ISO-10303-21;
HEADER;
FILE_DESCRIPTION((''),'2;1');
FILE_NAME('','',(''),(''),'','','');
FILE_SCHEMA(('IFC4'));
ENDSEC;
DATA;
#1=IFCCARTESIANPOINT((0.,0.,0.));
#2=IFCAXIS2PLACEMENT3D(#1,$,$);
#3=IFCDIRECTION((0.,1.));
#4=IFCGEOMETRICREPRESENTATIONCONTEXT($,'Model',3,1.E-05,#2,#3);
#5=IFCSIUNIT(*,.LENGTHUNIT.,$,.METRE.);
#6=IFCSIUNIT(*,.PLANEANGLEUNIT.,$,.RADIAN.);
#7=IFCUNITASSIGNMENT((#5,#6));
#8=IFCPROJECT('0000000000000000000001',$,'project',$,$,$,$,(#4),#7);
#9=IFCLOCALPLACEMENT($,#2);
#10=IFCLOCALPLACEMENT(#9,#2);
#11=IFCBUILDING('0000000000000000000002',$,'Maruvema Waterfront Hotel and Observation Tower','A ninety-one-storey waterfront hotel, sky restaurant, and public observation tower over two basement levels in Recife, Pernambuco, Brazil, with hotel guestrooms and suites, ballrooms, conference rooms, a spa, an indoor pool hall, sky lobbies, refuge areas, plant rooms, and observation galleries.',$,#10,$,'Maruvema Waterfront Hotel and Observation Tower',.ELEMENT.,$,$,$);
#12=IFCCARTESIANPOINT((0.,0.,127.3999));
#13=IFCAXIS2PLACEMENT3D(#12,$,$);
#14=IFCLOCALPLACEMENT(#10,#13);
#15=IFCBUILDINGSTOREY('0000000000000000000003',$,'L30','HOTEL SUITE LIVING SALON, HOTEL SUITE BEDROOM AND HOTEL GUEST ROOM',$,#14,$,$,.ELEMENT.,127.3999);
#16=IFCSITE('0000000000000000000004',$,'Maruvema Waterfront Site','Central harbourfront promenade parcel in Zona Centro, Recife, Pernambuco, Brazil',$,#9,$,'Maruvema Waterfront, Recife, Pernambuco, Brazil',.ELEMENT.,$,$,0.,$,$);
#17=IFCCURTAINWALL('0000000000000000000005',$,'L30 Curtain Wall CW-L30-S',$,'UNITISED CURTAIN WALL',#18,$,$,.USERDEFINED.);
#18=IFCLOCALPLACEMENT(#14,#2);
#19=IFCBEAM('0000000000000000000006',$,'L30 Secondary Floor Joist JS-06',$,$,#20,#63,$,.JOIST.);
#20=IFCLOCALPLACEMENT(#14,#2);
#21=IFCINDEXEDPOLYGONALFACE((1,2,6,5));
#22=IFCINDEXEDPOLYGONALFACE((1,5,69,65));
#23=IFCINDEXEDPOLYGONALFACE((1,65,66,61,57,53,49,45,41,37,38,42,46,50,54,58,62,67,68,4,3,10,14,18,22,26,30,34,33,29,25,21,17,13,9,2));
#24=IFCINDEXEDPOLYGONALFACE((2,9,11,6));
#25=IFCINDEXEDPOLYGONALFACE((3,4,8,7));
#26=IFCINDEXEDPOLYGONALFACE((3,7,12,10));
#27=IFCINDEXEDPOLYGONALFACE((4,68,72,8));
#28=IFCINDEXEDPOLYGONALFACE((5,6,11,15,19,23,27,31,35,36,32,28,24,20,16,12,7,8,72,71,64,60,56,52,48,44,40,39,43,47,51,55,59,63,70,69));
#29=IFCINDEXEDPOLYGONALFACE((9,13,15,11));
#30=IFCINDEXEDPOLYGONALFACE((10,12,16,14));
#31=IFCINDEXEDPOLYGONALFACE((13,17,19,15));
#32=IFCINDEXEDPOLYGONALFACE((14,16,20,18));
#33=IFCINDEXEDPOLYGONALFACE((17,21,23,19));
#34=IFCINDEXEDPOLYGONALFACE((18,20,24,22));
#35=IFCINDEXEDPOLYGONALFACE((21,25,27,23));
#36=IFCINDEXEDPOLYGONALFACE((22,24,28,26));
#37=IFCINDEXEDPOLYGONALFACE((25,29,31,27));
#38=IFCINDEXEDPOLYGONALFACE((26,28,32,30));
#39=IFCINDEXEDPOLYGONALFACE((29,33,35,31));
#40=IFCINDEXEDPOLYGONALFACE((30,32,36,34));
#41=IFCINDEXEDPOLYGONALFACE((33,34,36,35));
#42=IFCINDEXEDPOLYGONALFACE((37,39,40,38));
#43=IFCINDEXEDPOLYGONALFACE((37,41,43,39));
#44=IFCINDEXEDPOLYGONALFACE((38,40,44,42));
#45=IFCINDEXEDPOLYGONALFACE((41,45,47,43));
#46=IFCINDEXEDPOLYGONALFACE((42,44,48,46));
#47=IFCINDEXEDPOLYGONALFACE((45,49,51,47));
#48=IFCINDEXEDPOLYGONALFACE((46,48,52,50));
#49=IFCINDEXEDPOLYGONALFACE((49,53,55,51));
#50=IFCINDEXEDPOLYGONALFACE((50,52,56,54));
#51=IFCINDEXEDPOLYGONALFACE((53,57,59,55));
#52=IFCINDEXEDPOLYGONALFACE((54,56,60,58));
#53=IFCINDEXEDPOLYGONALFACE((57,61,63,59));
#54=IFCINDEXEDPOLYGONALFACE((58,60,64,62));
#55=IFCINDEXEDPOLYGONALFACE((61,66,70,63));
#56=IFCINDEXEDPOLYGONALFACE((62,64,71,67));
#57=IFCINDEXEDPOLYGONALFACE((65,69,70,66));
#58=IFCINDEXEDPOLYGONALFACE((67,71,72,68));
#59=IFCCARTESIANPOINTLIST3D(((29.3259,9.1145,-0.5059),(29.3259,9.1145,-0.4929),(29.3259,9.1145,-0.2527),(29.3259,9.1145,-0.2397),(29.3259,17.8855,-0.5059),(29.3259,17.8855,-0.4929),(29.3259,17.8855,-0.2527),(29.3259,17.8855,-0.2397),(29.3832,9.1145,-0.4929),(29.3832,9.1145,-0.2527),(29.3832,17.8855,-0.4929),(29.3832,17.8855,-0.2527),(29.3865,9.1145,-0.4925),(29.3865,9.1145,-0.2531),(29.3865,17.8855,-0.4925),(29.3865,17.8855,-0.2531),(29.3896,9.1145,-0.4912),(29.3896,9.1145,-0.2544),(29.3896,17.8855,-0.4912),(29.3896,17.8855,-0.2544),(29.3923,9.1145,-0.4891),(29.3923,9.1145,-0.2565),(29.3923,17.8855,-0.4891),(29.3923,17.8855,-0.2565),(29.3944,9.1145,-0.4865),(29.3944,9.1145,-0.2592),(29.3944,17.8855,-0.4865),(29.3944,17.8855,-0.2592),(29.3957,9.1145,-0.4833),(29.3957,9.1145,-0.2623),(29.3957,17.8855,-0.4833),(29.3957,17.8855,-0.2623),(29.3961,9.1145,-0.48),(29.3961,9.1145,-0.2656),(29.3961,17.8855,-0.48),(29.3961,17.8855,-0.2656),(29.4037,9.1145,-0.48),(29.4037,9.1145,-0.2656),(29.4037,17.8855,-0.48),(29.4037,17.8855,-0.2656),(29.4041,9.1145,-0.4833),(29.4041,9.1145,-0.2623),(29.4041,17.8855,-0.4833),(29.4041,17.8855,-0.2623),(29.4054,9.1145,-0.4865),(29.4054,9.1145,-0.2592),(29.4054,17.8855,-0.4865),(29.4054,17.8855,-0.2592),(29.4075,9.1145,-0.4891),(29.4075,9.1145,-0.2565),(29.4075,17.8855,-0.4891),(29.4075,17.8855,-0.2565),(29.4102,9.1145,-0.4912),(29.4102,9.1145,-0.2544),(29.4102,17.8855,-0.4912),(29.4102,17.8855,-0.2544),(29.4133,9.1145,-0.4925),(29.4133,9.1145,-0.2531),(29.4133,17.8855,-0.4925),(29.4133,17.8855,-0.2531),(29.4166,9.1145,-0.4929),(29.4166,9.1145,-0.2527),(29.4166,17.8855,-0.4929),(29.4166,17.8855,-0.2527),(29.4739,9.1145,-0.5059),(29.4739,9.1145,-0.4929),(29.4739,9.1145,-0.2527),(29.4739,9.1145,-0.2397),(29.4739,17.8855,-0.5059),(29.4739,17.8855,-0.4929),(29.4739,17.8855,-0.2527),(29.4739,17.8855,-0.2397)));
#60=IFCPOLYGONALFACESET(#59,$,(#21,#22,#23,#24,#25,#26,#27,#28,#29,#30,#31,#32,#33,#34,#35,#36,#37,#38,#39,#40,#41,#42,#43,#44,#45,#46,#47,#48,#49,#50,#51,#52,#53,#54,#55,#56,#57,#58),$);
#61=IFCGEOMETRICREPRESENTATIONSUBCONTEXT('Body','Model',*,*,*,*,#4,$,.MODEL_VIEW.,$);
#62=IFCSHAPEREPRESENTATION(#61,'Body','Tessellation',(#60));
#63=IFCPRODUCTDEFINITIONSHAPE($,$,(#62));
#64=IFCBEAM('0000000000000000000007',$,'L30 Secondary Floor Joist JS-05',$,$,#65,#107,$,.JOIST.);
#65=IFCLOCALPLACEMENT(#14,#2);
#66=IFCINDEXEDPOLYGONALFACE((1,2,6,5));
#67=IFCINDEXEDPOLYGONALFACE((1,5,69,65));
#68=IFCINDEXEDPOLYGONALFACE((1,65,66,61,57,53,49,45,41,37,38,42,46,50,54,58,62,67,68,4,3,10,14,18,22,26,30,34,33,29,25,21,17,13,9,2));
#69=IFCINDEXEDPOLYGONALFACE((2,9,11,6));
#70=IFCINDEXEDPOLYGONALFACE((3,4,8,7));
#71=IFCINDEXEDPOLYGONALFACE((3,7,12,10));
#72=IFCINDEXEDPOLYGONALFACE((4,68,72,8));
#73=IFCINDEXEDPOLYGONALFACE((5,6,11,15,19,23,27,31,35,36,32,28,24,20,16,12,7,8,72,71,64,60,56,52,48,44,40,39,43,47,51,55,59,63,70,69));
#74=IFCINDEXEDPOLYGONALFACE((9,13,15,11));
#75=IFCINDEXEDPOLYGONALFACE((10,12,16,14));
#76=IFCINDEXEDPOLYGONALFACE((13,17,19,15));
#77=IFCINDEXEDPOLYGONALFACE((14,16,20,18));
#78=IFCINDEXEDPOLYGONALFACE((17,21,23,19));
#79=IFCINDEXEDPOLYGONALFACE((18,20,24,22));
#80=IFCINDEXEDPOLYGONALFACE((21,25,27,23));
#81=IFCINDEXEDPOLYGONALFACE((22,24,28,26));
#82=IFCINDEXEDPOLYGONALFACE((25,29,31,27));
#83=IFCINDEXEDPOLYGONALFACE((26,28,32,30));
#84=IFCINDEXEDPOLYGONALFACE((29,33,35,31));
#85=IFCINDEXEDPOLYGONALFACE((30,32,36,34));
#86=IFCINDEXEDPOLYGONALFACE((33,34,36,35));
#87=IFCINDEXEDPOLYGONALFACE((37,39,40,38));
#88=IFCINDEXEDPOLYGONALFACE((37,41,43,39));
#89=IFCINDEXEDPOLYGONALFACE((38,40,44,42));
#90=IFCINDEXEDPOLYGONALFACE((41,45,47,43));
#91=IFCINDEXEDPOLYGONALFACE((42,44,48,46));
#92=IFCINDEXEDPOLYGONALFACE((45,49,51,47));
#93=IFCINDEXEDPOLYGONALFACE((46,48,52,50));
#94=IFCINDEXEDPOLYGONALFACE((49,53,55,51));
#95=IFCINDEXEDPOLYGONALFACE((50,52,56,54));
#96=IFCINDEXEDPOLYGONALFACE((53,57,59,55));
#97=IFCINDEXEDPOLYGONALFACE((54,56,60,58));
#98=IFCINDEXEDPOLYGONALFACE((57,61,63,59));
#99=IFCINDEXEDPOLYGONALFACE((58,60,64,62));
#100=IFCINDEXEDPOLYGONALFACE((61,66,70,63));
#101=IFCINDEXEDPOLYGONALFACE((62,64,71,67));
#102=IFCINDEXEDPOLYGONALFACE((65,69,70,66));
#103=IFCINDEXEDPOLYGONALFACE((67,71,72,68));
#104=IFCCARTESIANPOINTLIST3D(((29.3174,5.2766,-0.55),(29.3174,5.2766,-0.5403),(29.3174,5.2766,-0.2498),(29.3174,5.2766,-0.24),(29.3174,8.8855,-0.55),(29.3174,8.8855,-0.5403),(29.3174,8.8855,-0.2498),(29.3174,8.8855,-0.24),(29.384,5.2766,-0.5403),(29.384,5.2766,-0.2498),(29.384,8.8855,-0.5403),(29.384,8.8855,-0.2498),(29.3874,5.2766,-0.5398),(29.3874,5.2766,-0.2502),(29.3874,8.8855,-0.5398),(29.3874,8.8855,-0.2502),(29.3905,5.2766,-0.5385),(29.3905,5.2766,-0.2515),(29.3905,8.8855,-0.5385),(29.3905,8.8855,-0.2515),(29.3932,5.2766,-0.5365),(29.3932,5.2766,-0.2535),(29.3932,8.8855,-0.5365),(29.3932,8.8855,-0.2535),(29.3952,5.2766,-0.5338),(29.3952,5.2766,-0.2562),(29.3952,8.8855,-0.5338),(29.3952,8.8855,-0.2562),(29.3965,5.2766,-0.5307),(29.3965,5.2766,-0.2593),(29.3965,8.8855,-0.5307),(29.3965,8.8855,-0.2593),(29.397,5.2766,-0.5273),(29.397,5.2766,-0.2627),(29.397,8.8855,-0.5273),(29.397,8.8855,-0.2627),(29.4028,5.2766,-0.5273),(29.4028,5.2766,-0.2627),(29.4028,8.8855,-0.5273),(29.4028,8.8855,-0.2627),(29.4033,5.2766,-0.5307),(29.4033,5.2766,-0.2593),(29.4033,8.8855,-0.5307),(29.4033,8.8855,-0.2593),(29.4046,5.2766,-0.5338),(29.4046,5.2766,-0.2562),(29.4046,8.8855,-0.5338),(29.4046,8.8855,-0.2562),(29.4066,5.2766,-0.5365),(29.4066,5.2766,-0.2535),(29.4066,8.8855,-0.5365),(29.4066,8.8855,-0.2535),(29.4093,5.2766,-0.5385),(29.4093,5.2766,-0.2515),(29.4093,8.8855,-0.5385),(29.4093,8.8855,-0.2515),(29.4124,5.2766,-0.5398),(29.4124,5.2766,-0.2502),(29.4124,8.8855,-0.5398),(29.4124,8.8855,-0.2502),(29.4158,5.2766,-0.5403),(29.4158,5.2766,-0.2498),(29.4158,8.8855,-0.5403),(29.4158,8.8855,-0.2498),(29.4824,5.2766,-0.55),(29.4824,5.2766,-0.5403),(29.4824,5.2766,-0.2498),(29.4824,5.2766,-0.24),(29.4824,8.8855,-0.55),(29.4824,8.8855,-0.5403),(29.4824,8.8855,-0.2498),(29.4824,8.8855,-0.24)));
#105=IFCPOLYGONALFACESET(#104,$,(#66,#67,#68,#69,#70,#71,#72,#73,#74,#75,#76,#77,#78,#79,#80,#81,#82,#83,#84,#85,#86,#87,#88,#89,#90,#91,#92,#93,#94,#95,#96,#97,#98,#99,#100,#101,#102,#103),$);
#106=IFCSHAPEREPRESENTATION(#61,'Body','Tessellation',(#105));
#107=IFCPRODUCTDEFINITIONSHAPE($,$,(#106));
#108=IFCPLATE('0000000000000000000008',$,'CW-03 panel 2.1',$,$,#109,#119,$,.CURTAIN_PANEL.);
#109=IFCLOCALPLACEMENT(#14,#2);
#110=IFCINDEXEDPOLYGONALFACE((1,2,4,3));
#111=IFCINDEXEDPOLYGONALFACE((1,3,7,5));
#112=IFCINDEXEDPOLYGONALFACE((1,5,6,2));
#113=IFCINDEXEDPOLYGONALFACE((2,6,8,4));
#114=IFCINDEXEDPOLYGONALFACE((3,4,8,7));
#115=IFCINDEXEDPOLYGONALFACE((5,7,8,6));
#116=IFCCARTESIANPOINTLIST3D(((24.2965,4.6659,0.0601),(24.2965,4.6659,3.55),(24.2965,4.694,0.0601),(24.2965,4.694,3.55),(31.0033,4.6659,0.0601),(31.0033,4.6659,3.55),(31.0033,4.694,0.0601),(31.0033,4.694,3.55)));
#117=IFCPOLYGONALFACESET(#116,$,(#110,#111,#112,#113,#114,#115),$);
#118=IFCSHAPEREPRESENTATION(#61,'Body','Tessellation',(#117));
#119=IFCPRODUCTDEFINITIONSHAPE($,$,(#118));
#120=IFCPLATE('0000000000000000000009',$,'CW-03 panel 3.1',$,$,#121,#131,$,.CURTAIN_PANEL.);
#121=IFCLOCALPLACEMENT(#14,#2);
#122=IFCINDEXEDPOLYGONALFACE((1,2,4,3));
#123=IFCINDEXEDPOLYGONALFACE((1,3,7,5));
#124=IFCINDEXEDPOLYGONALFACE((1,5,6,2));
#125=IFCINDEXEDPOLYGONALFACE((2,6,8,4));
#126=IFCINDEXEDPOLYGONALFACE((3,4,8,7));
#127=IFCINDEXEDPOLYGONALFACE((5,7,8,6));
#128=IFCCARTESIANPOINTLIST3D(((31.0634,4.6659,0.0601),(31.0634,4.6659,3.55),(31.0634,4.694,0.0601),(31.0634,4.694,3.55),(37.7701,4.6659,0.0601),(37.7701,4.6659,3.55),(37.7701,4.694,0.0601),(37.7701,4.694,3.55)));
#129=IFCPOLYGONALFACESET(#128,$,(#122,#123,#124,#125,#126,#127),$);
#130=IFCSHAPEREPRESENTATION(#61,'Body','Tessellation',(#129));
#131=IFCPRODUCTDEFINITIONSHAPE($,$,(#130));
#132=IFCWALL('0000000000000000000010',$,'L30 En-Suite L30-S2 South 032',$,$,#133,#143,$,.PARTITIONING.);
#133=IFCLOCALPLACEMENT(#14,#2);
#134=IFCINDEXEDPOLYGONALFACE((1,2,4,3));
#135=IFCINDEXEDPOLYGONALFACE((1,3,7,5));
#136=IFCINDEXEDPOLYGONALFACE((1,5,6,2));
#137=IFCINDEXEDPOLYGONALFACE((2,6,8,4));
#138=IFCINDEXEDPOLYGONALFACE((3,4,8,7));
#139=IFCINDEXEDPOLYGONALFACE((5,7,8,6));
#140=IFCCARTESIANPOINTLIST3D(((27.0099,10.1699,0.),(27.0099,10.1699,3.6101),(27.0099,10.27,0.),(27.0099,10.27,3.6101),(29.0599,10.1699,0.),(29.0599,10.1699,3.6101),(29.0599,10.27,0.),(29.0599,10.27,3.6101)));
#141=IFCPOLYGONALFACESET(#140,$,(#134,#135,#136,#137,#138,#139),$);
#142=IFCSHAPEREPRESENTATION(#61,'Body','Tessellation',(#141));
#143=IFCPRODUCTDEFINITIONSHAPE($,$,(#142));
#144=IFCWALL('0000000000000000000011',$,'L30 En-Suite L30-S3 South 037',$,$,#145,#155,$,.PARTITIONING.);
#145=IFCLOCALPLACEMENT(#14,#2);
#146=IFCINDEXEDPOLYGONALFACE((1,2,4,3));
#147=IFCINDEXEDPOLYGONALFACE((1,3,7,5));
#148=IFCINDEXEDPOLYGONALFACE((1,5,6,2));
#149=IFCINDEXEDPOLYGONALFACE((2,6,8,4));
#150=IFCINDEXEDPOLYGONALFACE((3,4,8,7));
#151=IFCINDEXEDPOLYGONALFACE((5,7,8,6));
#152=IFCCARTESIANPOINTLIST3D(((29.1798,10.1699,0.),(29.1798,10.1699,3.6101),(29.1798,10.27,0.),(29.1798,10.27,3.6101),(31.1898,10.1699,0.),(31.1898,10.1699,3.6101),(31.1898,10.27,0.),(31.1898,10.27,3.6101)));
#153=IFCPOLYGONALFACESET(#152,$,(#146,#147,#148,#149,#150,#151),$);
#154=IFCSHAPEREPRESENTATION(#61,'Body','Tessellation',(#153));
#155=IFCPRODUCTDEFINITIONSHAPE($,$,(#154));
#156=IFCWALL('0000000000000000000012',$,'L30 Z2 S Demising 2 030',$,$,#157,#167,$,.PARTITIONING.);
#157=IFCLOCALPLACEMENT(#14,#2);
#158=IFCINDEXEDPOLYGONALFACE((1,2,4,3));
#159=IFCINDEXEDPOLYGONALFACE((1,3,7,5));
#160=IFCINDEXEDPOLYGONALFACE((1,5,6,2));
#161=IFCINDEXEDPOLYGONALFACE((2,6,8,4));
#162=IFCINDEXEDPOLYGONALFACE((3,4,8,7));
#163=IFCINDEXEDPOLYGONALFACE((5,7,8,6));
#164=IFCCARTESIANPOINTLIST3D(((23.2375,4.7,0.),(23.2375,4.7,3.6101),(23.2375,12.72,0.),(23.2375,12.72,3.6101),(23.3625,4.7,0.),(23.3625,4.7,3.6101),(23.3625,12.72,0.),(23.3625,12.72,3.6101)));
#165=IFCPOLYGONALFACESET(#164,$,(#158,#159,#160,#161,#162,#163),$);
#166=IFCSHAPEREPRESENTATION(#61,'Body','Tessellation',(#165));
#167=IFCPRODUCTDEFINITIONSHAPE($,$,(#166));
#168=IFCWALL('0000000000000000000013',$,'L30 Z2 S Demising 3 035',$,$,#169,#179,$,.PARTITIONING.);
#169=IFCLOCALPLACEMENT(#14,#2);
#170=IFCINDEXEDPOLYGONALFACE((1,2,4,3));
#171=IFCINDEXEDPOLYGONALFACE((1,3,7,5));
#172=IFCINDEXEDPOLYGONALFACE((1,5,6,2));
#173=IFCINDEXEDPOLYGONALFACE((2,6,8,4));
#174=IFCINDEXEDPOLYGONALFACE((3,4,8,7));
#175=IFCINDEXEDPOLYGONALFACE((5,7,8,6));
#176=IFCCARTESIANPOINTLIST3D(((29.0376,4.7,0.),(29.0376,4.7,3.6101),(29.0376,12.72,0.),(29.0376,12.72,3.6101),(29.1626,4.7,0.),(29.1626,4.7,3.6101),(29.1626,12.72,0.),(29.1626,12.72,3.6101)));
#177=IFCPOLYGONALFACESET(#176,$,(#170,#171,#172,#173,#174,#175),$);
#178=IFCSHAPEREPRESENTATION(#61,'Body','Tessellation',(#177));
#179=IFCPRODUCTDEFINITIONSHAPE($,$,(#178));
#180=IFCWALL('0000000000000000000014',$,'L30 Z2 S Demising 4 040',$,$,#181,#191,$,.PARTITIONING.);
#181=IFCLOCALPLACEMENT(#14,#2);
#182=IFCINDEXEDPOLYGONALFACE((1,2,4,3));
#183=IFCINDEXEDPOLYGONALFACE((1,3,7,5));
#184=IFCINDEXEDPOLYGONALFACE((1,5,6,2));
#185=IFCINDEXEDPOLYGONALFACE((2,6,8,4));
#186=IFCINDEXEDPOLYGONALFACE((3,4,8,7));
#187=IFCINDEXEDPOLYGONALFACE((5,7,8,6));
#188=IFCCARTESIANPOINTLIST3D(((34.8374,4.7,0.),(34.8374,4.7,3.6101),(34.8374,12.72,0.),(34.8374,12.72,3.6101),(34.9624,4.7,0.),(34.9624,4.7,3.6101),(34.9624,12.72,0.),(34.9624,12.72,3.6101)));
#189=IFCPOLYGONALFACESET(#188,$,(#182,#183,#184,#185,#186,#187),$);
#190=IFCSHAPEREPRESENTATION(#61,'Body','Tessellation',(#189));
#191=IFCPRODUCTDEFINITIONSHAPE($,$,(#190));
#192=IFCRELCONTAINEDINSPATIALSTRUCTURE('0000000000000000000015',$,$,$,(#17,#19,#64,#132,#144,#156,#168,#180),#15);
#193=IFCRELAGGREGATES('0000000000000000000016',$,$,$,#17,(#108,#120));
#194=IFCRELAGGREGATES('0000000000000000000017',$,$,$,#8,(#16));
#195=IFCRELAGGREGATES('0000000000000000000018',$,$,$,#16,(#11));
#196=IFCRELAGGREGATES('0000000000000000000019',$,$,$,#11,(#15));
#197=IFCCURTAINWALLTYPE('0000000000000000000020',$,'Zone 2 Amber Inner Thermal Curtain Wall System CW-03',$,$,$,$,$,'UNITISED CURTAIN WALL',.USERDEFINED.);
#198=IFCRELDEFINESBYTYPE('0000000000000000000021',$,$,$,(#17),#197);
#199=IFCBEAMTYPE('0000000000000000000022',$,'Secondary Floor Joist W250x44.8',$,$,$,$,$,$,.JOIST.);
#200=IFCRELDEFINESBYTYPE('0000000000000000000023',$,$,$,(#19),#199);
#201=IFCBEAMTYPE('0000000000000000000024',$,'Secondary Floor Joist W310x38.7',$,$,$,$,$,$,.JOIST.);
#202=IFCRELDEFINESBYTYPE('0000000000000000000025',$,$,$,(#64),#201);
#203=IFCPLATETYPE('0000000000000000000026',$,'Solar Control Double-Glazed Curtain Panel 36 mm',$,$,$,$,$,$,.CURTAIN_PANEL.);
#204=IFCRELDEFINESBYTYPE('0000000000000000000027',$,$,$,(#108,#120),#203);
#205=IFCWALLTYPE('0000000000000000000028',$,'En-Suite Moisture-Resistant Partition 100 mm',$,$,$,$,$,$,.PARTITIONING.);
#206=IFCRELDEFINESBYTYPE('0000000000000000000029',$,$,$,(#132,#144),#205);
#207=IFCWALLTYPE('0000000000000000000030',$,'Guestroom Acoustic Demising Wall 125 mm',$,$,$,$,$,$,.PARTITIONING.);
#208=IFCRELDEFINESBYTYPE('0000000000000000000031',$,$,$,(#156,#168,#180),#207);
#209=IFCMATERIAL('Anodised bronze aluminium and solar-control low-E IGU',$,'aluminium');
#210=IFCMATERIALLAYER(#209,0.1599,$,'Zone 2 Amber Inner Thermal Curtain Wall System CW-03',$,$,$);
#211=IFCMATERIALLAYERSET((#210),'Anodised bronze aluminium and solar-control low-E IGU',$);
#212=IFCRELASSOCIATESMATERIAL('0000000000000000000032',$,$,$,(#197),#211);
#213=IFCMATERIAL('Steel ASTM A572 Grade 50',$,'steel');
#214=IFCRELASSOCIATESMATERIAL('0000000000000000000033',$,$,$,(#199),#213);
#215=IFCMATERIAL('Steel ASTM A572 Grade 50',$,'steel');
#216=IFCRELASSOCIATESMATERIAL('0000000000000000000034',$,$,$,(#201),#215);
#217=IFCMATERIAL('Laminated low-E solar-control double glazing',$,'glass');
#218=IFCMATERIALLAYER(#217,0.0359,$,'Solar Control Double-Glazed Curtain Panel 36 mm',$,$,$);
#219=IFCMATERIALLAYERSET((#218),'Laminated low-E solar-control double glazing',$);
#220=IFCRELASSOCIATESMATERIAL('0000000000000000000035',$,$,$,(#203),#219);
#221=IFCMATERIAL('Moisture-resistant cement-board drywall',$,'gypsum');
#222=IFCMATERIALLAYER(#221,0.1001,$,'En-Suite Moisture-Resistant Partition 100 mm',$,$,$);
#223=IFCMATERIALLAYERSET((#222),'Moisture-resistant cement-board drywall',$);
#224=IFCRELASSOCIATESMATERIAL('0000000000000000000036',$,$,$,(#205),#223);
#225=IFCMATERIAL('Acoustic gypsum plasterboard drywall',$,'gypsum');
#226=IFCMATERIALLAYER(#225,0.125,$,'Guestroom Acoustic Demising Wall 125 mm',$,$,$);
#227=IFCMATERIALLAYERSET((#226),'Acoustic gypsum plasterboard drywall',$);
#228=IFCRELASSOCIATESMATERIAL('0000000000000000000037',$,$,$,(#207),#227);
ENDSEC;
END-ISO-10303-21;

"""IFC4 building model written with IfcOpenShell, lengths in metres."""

from ifc_helpers import new_model, si_unit, direction, frame, frame_2d, origin, origin_2d, place, context, subcontext, project, spatial, rectangle, i_section, extrude, material, layer, layer_set, material_profile, profile_set, type_object, element, aggregate, save


model = new_model("IFC4")

# Units and contexts
model_context = context("Model", 3, precision=1e-05, world=origin(), true_north=direction((0.0, 1.0)))
body_context = subcontext(model_context, "Body", "Model", "MODEL_VIEW")
ifc_project = project(units=[si_unit("LENGTHUNIT", "METRE"), si_unit("PLANEANGLEUNIT", "RADIAN")], contexts=[model_context])

# Site, building, storey
site_placement = place(None, origin())
site = spatial("IfcSite", under=ifc_project, at=site_placement, Name="Maruvema Waterfront Site", Description="Central harbourfront promenade parcel in Zona Centro, Recife, Pernambuco, Brazil", LongName="Maruvema Waterfront, Recife, Pernambuco, Brazil", CompositionType="ELEMENT", RefElevation=0.0)
building_placement = place(site_placement, origin())
building = spatial("IfcBuilding", under=site, at=building_placement, Name="Maruvema Waterfront Hotel and Observation Tower", Description="A ninety-one-storey waterfront hotel, sky restaurant, and public observation tower over two basement levels in Recife, Pernambuco, Brazil, with hotel guestrooms and suites, ballrooms, conference rooms, a spa, an indoor pool hall, sky lobbies, refuge areas, plant rooms, and observation galleries.", LongName="Maruvema Waterfront Hotel and Observation Tower", CompositionType="ELEMENT")
storey_placement = place(building_placement, frame((0.0, 0.0, 127.3999)))
storey = spatial("IfcBuildingStorey", under=building, at=storey_placement, Name="L30", Description="HOTEL SUITE LIVING SALON, HOTEL SUITE BEDROOM AND HOTEL GUEST ROOM", CompositionType="ELEMENT", Elevation=127.3999)

# Curtain wall
ifc_material_1 = material(Name="Anodised bronze aluminium and solar-control low-E IGU", Category="aluminium")
ifc_layer_1 = layer(ifc_material_1, 0.1599, Name="Zone 2 Amber Inner Thermal Curtain Wall System CW-03")
ifc_layer_set_1 = layer_set([ifc_layer_1], Name="Anodised bronze aluminium and solar-control low-E IGU")
curtain_wall_type = type_object("IfcCurtainWallType", Name="Zone 2 Amber Inner Thermal Curtain Wall System CW-03", ElementType="UNITISED CURTAIN WALL", PredefinedType="USERDEFINED", material=ifc_layer_set_1)
curtain_wall_placement = place(storey_placement, origin())
curtain_wall = element("IfcCurtainWall", 1, at=curtain_wall_placement, inside=storey, type_object=curtain_wall_type, Name="L30 Curtain Wall CW-L30-S", ObjectType="UNITISED CURTAIN WALL", PredefinedType="USERDEFINED")

# Beams
ifc_material_2 = material(Name="Steel ASTM A572 Grade 50", Category="steel")
ifc_material_profile_1 = material_profile(ifc_material_2, i_section(OverallWidth=0.1479, OverallDepth=0.2661, WebThickness=0.0076, FlangeThickness=0.0129, FilletRadius=0.0129, at=origin_2d()), Name="W250x44.8")
ifc_profile_set_1 = profile_set([ifc_material_profile_1], Name="Steel ASTM A572 Grade 50")
beam_type_1 = type_object("IfcBeamType", Name="Secondary Floor Joist W250x44.8", PredefinedType="JOIST", material=ifc_profile_set_1)
beam_1_placement = place(storey_placement, frame((29.3999, 9.1145, -0.3728), z_axis=(0.0, 1.0, 0.0), x_axis=(-1.0, 0.0, 0.0)))
element("IfcBeam", 2, at=beam_1_placement, inside=storey, type_object=beam_type_1, Name="L30 Secondary Floor Joist JS-06", PredefinedType="JOIST", context=body_context, shape_type="SweptSolid", body=[
    extrude(i_section(OverallWidth=0.1479, OverallDepth=0.2661, WebThickness=0.0076, FlangeThickness=0.0129, FilletRadius=0.0129, at=origin_2d()), origin(), (0.0, 0.0, 1.0), 8.771),
])
ifc_material_3 = material(Name="Steel ASTM A572 Grade 50", Category="steel")
ifc_material_profile_2 = material_profile(ifc_material_3, i_section(OverallWidth=0.165, OverallDepth=0.3101, WebThickness=0.0059, FlangeThickness=0.0098, FilletRadius=0.0129, at=origin_2d()), Name="W310x38.7")
ifc_profile_set_2 = profile_set([ifc_material_profile_2], Name="Steel ASTM A572 Grade 50")
beam_type_2 = type_object("IfcBeamType", Name="Secondary Floor Joist W310x38.7", PredefinedType="JOIST", material=ifc_profile_set_2)
beam_2_placement = place(storey_placement, frame((29.3999, 5.2766, -0.395), z_axis=(0.0, 1.0, 0.0), x_axis=(-1.0, 0.0, 0.0)))
element("IfcBeam", 3, at=beam_2_placement, inside=storey, type_object=beam_type_2, Name="L30 Secondary Floor Joist JS-05", PredefinedType="JOIST", context=body_context, shape_type="SweptSolid", body=[
    extrude(i_section(OverallWidth=0.165, OverallDepth=0.3101, WebThickness=0.0059, FlangeThickness=0.0098, FilletRadius=0.0129, at=origin_2d()), origin(), (0.0, 0.0, 1.0), 3.6089),
])

# Plates
ifc_material_4 = material(Name="Laminated low-E solar-control double glazing", Category="glass")
ifc_layer_2 = layer(ifc_material_4, 0.0359, Name="Solar Control Double-Glazed Curtain Panel 36 mm")
ifc_layer_set_2 = layer_set([ifc_layer_2], Name="Laminated low-E solar-control double glazing")
plate_type = type_object("IfcPlateType", Name="Solar Control Double-Glazed Curtain Panel 36 mm", PredefinedType="CURTAIN_PANEL", material=ifc_layer_set_2)
plate_1_placement = place(storey_placement, frame((27.6499, 4.6799, 0.0601), z_axis=(0.0, 0.0, 1.0), x_axis=(1.0, 0.0, 0.0)))
plate_1 = element("IfcPlate", 4, at=plate_1_placement, type_object=plate_type, Name="CW-03 panel 2.1", PredefinedType="CURTAIN_PANEL", context=body_context, shape_type="SweptSolid", body=[
    extrude(rectangle(XDim=6.7068, YDim=0.0281, at=origin_2d()), origin(), (0.0, 0.0, 1.0), 3.49),
])
plate_2_placement = place(storey_placement, frame((34.4167, 4.6799, 0.0601), z_axis=(0.0, 0.0, 1.0), x_axis=(1.0, 0.0, 0.0)))
plate_2 = element("IfcPlate", 5, at=plate_2_placement, type_object=plate_type, Name="CW-03 panel 3.1", PredefinedType="CURTAIN_PANEL", context=body_context, shape_type="SweptSolid", body=[
    extrude(rectangle(XDim=6.7068, YDim=0.0281, at=origin_2d()), origin(), (0.0, 0.0, 1.0), 3.49),
])
aggregate(curtain_wall, [plate_1, plate_2])

# Walls
ifc_material_5 = material(Name="Moisture-resistant cement-board drywall", Category="gypsum")
ifc_layer_3 = layer(ifc_material_5, 0.1001, Name="En-Suite Moisture-Resistant Partition 100 mm")
ifc_layer_set_3 = layer_set([ifc_layer_3], Name="Moisture-resistant cement-board drywall")
wall_type_1 = type_object("IfcWallType", Name="En-Suite Moisture-Resistant Partition 100 mm", PredefinedType="PARTITIONING", material=ifc_layer_set_3)
wall_1_placement = place(storey_placement, frame((27.01, 10.22, 0.0), z_axis=(0.0, 0.0, 1.0), x_axis=(1.0, 0.0, 0.0)))
element("IfcWall", 6, at=wall_1_placement, inside=storey, type_object=wall_type_1, Name="L30 En-Suite L30-S2 South 032", PredefinedType="PARTITIONING", context=body_context, shape_type="SweptSolid", body=[
    extrude(rectangle(XDim=2.05, YDim=0.1001, at=frame_2d((1.0249, 0.0))), origin(), (0.0, 0.0, 1.0), 3.6101),
])
wall_2_placement = place(storey_placement, frame((29.1799, 10.22, 0.0), z_axis=(0.0, 0.0, 1.0), x_axis=(1.0, 0.0, 0.0)))
element("IfcWall", 7, at=wall_2_placement, inside=storey, type_object=wall_type_1, Name="L30 En-Suite L30-S3 South 037", PredefinedType="PARTITIONING", context=body_context, shape_type="SweptSolid", body=[
    extrude(rectangle(XDim=2.01, YDim=0.1001, at=frame_2d((1.0049, 0.0))), origin(), (0.0, 0.0, 1.0), 3.6101),
])
ifc_material_6 = material(Name="Acoustic gypsum plasterboard drywall", Category="gypsum")
ifc_layer_4 = layer(ifc_material_6, 0.125, Name="Guestroom Acoustic Demising Wall 125 mm")
ifc_layer_set_4 = layer_set([ifc_layer_4], Name="Acoustic gypsum plasterboard drywall")
wall_type_2 = type_object("IfcWallType", Name="Guestroom Acoustic Demising Wall 125 mm", PredefinedType="PARTITIONING", material=ifc_layer_set_4)
for number, where, z_axis, x_axis, name in (
    (8, (23.3, 4.7, 0.0), (0.0, 0.0, 1.0), (0.0, 1.0, 0.0), "L30 Z2 S Demising 2 030"),
    (9, (29.1001, 4.7, 0.0), (0.0, 0.0, 1.0), (0.0, 1.0, 0.0), "L30 Z2 S Demising 3 035"),
    (10, (34.8999, 4.7, 0.0), (0.0, 0.0, 1.0), (0.0, 1.0, 0.0), "L30 Z2 S Demising 4 040"),
):
    element("IfcWall", number, at=place(storey_placement, frame(where, z_axis=z_axis, x_axis=x_axis)), inside=storey, type_object=wall_type_2, Name=name, PredefinedType="PARTITIONING", context=body_context, shape_type="SweptSolid", body=[
        extrude(rectangle(XDim=8.02, YDim=0.125, at=frame_2d((4.01, 0.0))), origin(), (0.0, 0.0, 1.0), 3.6101),
    ])

save(model, "model.ifc")
